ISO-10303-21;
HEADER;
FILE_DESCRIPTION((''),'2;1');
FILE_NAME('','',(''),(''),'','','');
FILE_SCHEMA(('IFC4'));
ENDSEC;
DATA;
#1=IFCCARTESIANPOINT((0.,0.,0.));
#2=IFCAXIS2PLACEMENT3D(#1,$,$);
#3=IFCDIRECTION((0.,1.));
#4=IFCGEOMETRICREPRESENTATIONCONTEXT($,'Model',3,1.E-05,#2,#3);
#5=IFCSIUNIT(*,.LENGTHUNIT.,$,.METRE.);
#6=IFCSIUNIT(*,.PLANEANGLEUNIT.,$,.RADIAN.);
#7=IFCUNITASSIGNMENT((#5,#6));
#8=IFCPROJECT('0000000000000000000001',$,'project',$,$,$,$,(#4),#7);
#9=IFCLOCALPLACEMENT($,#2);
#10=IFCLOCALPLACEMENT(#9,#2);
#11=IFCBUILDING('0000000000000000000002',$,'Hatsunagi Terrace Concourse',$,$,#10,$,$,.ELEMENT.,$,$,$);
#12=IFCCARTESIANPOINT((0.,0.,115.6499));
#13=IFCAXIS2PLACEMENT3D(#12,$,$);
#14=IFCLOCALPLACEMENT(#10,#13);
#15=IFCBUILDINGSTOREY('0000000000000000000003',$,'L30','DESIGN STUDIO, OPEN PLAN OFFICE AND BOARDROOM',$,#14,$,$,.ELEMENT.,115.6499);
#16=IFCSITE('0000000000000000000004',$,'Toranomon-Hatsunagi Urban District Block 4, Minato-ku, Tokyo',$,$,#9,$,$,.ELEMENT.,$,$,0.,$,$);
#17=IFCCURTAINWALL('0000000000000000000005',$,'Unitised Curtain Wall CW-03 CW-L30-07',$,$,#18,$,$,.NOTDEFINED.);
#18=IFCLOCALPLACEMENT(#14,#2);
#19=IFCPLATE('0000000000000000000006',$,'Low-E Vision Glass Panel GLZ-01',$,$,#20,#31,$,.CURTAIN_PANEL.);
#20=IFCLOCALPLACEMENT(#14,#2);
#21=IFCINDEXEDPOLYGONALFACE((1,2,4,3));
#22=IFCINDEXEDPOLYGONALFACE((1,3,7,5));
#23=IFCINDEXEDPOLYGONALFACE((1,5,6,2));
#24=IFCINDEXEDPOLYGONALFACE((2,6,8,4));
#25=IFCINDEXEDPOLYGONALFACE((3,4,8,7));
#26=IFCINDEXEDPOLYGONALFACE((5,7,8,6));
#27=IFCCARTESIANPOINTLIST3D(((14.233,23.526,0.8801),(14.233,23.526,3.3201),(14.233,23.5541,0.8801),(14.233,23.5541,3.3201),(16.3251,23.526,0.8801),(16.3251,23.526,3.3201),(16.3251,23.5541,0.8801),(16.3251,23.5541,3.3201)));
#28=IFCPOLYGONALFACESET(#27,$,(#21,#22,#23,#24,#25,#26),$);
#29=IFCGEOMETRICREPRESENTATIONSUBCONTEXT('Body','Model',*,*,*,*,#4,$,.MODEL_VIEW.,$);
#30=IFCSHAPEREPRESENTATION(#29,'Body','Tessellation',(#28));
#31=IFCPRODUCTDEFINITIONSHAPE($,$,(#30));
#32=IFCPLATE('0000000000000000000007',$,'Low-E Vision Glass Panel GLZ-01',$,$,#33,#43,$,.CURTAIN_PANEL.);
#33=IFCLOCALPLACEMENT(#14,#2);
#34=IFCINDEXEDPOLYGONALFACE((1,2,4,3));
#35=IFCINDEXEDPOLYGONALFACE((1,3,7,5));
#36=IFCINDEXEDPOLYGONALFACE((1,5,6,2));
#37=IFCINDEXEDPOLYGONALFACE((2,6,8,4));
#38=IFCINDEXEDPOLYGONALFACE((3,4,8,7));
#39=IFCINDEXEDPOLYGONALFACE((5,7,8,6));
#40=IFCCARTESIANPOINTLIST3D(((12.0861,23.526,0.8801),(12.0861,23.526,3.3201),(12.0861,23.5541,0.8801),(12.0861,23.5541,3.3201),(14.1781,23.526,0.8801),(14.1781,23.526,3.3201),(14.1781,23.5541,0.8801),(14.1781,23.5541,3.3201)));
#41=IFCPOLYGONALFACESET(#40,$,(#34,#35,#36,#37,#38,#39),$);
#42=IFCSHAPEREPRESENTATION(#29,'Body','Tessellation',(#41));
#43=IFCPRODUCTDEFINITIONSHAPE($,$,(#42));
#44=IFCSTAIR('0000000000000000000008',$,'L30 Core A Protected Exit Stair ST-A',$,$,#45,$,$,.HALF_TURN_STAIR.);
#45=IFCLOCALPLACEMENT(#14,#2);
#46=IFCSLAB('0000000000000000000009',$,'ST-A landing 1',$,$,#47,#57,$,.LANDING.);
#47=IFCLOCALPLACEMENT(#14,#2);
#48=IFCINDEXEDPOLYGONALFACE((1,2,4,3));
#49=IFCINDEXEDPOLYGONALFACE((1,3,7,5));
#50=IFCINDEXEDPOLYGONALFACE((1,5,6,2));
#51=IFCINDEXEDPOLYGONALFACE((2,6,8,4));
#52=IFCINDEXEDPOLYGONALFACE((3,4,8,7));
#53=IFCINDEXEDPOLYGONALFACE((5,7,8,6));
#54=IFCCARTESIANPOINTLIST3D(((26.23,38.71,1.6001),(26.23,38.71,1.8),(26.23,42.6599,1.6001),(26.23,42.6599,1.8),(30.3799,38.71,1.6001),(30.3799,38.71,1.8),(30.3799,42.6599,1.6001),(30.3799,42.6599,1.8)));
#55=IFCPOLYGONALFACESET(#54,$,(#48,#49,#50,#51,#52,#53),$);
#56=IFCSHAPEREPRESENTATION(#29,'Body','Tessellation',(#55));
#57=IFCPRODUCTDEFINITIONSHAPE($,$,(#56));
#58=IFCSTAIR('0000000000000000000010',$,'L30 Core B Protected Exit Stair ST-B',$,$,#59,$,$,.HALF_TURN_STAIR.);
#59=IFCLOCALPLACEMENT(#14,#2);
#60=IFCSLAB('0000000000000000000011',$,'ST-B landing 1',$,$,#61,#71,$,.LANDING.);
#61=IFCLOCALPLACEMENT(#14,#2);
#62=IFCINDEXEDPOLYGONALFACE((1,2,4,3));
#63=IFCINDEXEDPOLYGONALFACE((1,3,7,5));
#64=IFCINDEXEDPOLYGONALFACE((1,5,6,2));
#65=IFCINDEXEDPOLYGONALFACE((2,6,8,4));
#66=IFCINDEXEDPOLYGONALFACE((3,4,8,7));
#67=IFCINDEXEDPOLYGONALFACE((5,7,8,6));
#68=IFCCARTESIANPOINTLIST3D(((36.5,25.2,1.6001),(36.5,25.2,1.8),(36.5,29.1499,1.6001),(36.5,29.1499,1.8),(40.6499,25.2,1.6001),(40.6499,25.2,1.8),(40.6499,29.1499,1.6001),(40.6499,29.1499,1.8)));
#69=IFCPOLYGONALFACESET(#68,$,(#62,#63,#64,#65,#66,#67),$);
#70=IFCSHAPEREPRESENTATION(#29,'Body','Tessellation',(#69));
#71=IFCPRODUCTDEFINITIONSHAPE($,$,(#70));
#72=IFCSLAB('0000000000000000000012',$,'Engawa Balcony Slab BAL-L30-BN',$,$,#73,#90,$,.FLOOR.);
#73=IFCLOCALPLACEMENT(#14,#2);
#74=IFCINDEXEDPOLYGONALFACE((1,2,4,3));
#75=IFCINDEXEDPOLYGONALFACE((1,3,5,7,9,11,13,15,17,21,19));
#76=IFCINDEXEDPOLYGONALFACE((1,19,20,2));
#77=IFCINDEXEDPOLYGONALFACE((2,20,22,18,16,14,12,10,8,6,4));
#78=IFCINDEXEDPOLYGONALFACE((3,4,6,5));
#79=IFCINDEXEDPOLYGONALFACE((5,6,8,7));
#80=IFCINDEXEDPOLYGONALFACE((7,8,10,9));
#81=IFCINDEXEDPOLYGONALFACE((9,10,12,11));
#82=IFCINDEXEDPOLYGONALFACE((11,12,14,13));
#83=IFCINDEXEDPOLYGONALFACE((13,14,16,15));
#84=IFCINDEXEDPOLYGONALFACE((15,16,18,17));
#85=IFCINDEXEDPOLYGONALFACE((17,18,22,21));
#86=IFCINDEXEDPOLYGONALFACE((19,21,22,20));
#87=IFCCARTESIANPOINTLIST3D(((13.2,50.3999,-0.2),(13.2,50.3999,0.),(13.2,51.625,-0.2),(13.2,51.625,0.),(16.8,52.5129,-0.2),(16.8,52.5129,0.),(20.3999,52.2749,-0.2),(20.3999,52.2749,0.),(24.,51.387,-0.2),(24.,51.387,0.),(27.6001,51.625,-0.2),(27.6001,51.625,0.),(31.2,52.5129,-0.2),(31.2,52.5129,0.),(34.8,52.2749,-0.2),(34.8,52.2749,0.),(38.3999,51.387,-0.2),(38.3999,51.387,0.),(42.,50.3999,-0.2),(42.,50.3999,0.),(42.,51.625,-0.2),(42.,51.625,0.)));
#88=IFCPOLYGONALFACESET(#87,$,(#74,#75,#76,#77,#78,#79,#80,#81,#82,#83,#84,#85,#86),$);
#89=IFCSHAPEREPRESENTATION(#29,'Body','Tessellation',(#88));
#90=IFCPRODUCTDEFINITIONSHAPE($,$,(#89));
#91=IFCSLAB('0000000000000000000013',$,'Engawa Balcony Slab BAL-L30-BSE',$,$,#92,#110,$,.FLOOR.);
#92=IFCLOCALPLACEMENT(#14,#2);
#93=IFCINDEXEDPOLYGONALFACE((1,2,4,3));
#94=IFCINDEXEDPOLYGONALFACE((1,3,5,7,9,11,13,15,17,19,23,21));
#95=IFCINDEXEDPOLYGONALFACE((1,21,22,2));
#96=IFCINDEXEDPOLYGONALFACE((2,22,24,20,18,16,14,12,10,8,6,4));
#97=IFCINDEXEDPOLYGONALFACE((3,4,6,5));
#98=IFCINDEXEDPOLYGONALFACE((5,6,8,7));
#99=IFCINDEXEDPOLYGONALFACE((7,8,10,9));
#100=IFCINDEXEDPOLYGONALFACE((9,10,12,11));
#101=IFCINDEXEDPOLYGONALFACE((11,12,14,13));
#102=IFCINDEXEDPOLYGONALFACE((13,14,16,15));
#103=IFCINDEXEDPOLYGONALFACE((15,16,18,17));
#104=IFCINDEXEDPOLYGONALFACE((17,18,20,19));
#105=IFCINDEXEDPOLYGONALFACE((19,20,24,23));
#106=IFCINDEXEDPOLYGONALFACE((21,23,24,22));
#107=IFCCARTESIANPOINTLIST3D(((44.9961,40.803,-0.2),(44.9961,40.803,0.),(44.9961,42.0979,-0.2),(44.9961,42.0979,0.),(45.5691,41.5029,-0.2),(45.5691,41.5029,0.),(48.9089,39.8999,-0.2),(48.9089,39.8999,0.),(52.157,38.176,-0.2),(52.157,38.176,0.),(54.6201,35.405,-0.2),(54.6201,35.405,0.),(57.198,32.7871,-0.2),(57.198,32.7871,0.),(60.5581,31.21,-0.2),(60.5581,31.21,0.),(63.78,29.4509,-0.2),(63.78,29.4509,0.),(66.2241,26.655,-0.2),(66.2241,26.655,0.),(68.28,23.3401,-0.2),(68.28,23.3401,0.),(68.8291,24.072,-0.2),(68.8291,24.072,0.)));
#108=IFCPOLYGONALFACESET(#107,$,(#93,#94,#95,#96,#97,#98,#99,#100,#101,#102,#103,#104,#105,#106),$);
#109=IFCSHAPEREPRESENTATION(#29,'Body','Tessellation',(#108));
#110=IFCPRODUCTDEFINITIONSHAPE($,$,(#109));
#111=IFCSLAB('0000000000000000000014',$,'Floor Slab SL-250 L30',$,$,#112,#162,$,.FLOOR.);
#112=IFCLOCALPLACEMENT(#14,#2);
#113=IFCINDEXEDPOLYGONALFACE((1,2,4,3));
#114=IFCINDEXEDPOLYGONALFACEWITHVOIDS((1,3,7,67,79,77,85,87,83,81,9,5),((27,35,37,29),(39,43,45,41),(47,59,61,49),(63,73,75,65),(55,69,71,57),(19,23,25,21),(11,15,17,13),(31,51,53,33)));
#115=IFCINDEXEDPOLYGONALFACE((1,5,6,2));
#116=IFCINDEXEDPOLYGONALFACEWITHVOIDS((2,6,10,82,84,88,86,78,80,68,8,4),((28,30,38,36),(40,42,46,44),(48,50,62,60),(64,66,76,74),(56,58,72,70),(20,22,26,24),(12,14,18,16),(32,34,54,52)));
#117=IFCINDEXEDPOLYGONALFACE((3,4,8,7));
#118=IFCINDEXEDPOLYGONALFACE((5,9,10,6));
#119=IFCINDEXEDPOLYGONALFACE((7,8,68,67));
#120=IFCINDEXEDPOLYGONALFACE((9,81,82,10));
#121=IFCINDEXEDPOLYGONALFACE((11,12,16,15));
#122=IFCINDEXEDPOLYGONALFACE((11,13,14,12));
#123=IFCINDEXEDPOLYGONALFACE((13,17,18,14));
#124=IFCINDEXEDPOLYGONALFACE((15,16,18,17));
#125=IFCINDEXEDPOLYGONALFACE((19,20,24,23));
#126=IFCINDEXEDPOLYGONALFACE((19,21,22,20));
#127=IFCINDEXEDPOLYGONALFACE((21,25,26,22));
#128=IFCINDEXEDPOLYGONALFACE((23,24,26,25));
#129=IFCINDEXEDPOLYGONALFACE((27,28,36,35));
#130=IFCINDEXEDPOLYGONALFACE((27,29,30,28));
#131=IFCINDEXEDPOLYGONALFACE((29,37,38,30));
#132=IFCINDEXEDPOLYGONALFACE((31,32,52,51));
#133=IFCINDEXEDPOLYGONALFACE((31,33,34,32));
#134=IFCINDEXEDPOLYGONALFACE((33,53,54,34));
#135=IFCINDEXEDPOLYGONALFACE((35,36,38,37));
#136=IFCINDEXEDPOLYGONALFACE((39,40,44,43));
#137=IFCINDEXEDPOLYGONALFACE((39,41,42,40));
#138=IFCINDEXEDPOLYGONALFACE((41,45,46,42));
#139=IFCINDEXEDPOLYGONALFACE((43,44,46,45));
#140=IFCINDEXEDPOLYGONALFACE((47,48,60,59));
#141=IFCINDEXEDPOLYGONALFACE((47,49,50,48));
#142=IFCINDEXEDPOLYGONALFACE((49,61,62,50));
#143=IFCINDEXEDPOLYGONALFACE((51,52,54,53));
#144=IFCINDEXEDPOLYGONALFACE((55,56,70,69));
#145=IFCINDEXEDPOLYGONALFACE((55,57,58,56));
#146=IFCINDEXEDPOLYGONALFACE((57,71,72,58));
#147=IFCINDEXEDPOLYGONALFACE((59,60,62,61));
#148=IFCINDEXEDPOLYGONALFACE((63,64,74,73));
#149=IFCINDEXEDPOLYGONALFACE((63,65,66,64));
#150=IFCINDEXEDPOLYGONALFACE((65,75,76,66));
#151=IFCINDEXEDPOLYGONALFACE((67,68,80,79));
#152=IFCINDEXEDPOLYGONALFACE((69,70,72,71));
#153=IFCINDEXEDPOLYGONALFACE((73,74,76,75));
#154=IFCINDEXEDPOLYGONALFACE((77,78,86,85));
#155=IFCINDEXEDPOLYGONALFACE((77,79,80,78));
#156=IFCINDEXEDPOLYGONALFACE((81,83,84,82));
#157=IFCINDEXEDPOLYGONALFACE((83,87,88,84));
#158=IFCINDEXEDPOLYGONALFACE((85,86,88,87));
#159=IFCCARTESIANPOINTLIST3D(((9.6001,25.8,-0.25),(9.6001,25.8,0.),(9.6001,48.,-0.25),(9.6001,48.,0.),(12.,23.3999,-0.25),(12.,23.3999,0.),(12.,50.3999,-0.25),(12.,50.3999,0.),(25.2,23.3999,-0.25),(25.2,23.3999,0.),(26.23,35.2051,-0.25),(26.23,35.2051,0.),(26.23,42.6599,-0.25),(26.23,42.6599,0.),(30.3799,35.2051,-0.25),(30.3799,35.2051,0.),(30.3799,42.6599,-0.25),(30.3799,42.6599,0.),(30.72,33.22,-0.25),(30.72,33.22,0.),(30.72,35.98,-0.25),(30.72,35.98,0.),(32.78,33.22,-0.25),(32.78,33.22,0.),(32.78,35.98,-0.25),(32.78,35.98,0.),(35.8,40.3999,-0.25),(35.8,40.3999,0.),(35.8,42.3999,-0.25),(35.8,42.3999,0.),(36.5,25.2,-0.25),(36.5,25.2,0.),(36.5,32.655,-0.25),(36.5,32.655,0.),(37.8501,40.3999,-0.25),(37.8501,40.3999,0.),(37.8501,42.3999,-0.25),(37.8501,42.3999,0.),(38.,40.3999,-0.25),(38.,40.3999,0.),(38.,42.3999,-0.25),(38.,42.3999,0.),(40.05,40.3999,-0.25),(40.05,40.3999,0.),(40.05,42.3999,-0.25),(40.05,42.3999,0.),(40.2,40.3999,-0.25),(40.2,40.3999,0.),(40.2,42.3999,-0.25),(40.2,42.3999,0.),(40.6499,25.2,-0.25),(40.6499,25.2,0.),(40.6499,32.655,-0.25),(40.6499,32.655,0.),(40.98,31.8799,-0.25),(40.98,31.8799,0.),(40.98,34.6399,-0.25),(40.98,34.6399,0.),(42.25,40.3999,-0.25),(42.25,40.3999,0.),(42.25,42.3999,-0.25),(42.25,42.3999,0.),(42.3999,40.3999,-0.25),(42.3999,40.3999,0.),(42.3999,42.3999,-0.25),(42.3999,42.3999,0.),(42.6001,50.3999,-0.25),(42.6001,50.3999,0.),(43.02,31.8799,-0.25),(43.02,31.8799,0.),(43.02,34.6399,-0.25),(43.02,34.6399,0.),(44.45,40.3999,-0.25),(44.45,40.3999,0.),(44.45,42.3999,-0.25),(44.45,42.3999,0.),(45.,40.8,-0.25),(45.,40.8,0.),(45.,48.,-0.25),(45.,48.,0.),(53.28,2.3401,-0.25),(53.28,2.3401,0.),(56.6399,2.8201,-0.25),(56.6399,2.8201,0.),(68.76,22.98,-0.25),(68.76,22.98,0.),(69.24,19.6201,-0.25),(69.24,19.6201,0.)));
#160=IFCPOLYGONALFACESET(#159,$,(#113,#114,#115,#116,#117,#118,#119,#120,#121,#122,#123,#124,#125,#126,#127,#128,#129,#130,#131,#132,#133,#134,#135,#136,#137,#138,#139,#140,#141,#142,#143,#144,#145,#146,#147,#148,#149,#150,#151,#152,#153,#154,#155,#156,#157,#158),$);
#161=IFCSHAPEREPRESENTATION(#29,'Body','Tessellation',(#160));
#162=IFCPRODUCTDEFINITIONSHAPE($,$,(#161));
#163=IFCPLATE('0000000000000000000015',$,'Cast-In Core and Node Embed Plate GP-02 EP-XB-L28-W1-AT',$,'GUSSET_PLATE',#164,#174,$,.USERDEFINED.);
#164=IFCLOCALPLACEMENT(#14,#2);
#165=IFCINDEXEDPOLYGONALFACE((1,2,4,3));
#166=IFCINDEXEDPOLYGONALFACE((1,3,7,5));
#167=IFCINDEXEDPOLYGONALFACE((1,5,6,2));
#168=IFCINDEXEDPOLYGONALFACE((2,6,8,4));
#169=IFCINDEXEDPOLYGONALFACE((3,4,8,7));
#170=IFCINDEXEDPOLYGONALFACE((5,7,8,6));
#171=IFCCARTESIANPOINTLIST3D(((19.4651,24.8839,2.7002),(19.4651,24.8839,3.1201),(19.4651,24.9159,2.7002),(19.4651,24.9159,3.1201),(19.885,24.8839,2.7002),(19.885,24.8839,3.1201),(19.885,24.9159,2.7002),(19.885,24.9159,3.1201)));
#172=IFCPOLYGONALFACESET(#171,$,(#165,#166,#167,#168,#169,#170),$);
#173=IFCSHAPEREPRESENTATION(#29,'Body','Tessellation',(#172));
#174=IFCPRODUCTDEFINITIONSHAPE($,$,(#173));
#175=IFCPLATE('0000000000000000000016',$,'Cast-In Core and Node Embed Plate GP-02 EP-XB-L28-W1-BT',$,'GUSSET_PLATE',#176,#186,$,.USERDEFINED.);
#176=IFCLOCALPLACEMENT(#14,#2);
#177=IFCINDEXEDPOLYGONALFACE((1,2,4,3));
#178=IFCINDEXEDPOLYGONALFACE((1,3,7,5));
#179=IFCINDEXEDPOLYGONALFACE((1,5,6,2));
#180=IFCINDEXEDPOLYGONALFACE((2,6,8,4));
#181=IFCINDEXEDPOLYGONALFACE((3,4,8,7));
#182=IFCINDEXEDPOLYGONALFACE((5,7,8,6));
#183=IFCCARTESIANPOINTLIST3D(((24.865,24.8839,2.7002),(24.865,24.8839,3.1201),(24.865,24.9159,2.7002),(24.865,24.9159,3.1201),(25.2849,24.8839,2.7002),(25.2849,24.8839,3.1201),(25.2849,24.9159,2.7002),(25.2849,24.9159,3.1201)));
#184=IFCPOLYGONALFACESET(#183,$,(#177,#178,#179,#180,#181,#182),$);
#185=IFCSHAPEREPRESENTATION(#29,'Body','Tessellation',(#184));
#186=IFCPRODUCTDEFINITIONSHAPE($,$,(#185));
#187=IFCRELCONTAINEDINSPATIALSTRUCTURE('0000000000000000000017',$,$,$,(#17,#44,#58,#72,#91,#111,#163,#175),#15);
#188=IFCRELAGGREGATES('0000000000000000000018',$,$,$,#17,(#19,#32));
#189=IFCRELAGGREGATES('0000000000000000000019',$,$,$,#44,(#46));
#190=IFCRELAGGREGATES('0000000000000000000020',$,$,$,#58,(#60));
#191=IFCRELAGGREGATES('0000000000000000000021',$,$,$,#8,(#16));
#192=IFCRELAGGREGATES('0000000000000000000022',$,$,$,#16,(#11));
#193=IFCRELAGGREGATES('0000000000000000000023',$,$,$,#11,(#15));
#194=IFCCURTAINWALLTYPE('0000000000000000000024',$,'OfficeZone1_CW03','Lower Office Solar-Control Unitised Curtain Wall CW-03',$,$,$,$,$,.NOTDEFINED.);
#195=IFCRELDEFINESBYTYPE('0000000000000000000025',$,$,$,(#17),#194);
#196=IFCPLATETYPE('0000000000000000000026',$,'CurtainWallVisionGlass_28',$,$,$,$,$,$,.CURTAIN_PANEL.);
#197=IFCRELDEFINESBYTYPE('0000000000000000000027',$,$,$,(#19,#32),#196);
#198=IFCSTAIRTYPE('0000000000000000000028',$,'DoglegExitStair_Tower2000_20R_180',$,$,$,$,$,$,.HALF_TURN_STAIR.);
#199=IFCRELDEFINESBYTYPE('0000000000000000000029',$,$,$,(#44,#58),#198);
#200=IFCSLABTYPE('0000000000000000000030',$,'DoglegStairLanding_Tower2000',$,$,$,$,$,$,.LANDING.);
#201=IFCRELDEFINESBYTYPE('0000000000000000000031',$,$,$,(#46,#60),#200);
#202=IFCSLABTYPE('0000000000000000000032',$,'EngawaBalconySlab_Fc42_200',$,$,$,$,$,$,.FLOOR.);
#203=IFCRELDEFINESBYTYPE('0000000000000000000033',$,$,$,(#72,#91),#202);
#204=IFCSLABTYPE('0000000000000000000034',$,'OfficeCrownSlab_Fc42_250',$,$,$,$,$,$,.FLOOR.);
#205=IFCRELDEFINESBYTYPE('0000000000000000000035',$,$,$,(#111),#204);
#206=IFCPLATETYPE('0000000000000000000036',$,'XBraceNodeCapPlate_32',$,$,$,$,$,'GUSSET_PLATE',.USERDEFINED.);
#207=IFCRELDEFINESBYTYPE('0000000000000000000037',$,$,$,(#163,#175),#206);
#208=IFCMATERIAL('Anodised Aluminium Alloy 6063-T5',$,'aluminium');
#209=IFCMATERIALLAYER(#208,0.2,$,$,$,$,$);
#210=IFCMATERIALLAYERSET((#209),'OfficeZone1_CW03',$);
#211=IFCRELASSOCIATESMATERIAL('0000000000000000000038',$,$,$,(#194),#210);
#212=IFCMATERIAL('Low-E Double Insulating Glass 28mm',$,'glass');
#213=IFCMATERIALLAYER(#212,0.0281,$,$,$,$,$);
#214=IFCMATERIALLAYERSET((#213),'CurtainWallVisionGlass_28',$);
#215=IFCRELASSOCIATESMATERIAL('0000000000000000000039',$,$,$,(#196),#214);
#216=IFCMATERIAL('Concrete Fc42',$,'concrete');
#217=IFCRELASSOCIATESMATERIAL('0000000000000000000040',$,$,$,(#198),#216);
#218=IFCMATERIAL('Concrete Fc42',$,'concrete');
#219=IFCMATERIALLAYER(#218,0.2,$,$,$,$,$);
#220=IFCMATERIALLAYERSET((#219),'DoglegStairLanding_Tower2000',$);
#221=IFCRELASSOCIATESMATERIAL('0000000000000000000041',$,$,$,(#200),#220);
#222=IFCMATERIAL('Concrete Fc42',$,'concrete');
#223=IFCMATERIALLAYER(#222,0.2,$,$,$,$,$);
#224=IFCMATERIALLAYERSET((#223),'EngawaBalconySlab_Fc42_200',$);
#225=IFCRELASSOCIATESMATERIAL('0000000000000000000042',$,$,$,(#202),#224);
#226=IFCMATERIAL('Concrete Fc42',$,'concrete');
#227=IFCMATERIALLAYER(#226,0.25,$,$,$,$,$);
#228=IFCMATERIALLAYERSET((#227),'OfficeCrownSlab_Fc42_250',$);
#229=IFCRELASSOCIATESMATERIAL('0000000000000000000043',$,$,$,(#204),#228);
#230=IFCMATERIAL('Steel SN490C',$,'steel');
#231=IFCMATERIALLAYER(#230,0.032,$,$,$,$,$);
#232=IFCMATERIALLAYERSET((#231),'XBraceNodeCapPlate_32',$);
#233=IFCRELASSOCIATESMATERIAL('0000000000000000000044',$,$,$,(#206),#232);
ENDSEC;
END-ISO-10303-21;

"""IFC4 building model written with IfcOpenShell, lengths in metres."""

from ifc_helpers import new_model, si_unit, direction, frame, origin, origin_2d, place, context, subcontext, project, spatial, polyline, rectangle, outline, extrude, material, layer, layer_set, type_object, element, aggregate, save


model = new_model("IFC4")

# Units and contexts
model_context = context("Model", 3, precision=1e-05, world=origin(), true_north=direction((0.0, 1.0)))
body_context = subcontext(model_context, "Body", "Model", "MODEL_VIEW")
ifc_project = project(units=[si_unit("LENGTHUNIT", "METRE"), si_unit("PLANEANGLEUNIT", "RADIAN")], contexts=[model_context])

# Site, building, storey
site_placement = place(None, origin())
site = spatial("IfcSite", under=ifc_project, at=site_placement, Name="Toranomon-Hatsunagi Urban District Block 4, Minato-ku, Tokyo", CompositionType="ELEMENT", RefElevation=0.0)
building_placement = place(site_placement, origin())
building = spatial("IfcBuilding", under=site, at=building_placement, Name="Hatsunagi Terrace Concourse", CompositionType="ELEMENT")
storey_placement = place(building_placement, frame((0.0, 0.0, 115.6499)))
storey = spatial("IfcBuildingStorey", under=building, at=storey_placement, Name="L30", Description="DESIGN STUDIO, OPEN PLAN OFFICE AND BOARDROOM", CompositionType="ELEMENT", Elevation=115.6499)

# Curtain wall
ifc_material_1 = material(Name="Anodised Aluminium Alloy 6063-T5", Category="aluminium")
ifc_layer_1 = layer(ifc_material_1, 0.2)
ifc_layer_set_1 = layer_set([ifc_layer_1], Name="OfficeZone1_CW03")
curtain_wall_type = type_object("IfcCurtainWallType", Name="OfficeZone1_CW03", Description="Lower Office Solar-Control Unitised Curtain Wall CW-03", PredefinedType="NOTDEFINED", material=ifc_layer_set_1)
curtain_wall_placement = place(storey_placement, origin())
curtain_wall = element("IfcCurtainWall", 1, at=curtain_wall_placement, inside=storey, type_object=curtain_wall_type, Name="Unitised Curtain Wall CW-03 CW-L30-07", PredefinedType="NOTDEFINED")

# Plates
ifc_material_2 = material(Name="Low-E Double Insulating Glass 28mm", Category="glass")
ifc_layer_2 = layer(ifc_material_2, 0.0281)
ifc_layer_set_2 = layer_set([ifc_layer_2], Name="CurtainWallVisionGlass_28")
plate_type_1 = type_object("IfcPlateType", Name="CurtainWallVisionGlass_28", PredefinedType="CURTAIN_PANEL", material=ifc_layer_set_2)
plate_1_placement = place(storey_placement, frame((15.2791, 23.54, 0.8801), z_axis=(0.0, 0.0, 1.0), x_axis=(-1.0, 0.0, 0.0)))
plate_1 = element("IfcPlate", 2, at=plate_1_placement, type_object=plate_type_1, Name="Low-E Vision Glass Panel GLZ-01", PredefinedType="CURTAIN_PANEL", context=body_context, shape_type="SweptSolid", body=[
    extrude(rectangle(XDim=2.092, YDim=0.0281, at=origin_2d()), origin(), (0.0, 0.0, 1.0), 2.4399),
])
plate_2_placement = place(storey_placement, frame((13.1321, 23.54, 0.8801), z_axis=(0.0, 0.0, 1.0), x_axis=(-1.0, 0.0, 0.0)))
plate_2 = element("IfcPlate", 3, at=plate_2_placement, type_object=plate_type_1, Name="Low-E Vision Glass Panel GLZ-01", PredefinedType="CURTAIN_PANEL", context=body_context, shape_type="SweptSolid", body=[
    extrude(rectangle(XDim=2.092, YDim=0.0281, at=origin_2d()), origin(), (0.0, 0.0, 1.0), 2.4399),
])
aggregate(curtain_wall, [plate_1, plate_2])

# Stairs, slabs
ifc_material_3 = material(Name="Concrete Fc42", Category="concrete")
stair_type = type_object("IfcStairType", Name="DoglegExitStair_Tower2000_20R_180", PredefinedType="HALF_TURN_STAIR", material=ifc_material_3)
stair_1_placement = place(storey_placement, origin())
stair_1 = element("IfcStair", 4, at=stair_1_placement, inside=storey, type_object=stair_type, Name="L30 Core A Protected Exit Stair ST-A", PredefinedType="HALF_TURN_STAIR")
ifc_material_4 = material(Name="Concrete Fc42", Category="concrete")
ifc_layer_3 = layer(ifc_material_4, 0.2)
ifc_layer_set_3 = layer_set([ifc_layer_3], Name="DoglegStairLanding_Tower2000")
slab_type_1 = type_object("IfcSlabType", Name="DoglegStairLanding_Tower2000", PredefinedType="LANDING", material=ifc_layer_set_3)
slab_1_placement = place(storey_placement, frame((0.0, 0.0, 1.6001)))
slab_1 = element("IfcSlab", 5, at=slab_1_placement, type_object=slab_type_1, Name="ST-A landing 1", PredefinedType="LANDING", context=body_context, shape_type="SweptSolid", body=[
    extrude(outline(polyline([(30.3799, 38.71), (30.3799, 42.6599), (26.23, 42.6599), (26.23, 38.71), (30.3799, 38.71)])), origin(), (0.0, 0.0, 1.0), 0.2),
])
aggregate(stair_1, [slab_1])
stair_2_placement = place(storey_placement, origin())
stair_2 = element("IfcStair", 6, at=stair_2_placement, inside=storey, type_object=stair_type, Name="L30 Core B Protected Exit Stair ST-B", PredefinedType="HALF_TURN_STAIR")
slab_2_placement = place(storey_placement, frame((0.0, 0.0, 1.6001)))
slab_2 = element("IfcSlab", 7, at=slab_2_placement, type_object=slab_type_1, Name="ST-B landing 1", PredefinedType="LANDING", context=body_context, shape_type="SweptSolid", body=[
    extrude(outline(polyline([(36.5, 29.1499), (36.5, 25.2), (40.6499, 25.2), (40.6499, 29.1499), (36.5, 29.1499)])), origin(), (0.0, 0.0, 1.0), 0.2),
])
aggregate(stair_2, [slab_2])

# Slabs
ifc_material_5 = material(Name="Concrete Fc42", Category="concrete")
ifc_layer_4 = layer(ifc_material_5, 0.2)
ifc_layer_set_4 = layer_set([ifc_layer_4], Name="EngawaBalconySlab_Fc42_200")
slab_type_2 = type_object("IfcSlabType", Name="EngawaBalconySlab_Fc42_200", PredefinedType="FLOOR", material=ifc_layer_set_4)
slab_3_placement = place(storey_placement, frame((0.0, 0.0, -0.2)))
element("IfcSlab", 8, at=slab_3_placement, inside=storey, type_object=slab_type_2, Name="Engawa Balcony Slab BAL-L30-BN", PredefinedType="FLOOR", context=body_context, shape_type="SweptSolid", body=[
    extrude(outline(polyline([(13.2, 51.625), (13.2, 50.3999), (42.0, 50.3999), (42.0, 51.625), (38.3999, 51.387), (34.8, 52.2749), (31.2, 52.5129), (27.6001, 51.625), (24.0, 51.387), (20.3999, 52.2749), (16.8, 52.5129), (13.2, 51.625)])), origin(), (0.0, 0.0, 1.0), 0.2),
])
slab_4_placement = place(storey_placement, frame((0.0, 0.0, -0.2)))
element("IfcSlab", 9, at=slab_4_placement, inside=storey, type_object=slab_type_2, Name="Engawa Balcony Slab BAL-L30-BSE", PredefinedType="FLOOR", context=body_context, shape_type="SweptSolid", body=[
    extrude(outline(polyline([(45.5691, 41.5029), (44.9961, 42.0979), (44.9961, 40.803), (68.28, 23.3401), (68.8291, 24.072), (66.2241, 26.655), (63.78, 29.4509), (60.5581, 31.21), (57.198, 32.7871), (54.6201, 35.405), (52.157, 38.176), (48.9089, 39.8999), (45.5691, 41.5029)])), origin(), (0.0, 0.0, 1.0), 0.2),
])
ifc_material_6 = material(Name="Concrete Fc42", Category="concrete")
ifc_layer_5 = layer(ifc_material_6, 0.25)
ifc_layer_set_5 = layer_set([ifc_layer_5], Name="OfficeCrownSlab_Fc42_250")
slab_type_3 = type_object("IfcSlabType", Name="OfficeCrownSlab_Fc42_250", PredefinedType="FLOOR", material=ifc_layer_set_5)
slab_5_placement = place(storey_placement, frame((0.0, 0.0, -0.25)))
element("IfcSlab", 10, at=slab_5_placement, inside=storey, type_object=slab_type_3, Name="Floor Slab SL-250 L30", PredefinedType="FLOOR", context=body_context, shape_type="SweptSolid", body=[
    extrude(outline(polyline([(45.0, 40.8), (45.0, 48.0), (42.6001, 50.3999), (12.0, 50.3999), (9.6001, 48.0), (9.6001, 25.8), (12.0, 23.3999), (25.2, 23.3999), (53.28, 2.3401), (56.6399, 2.8201), (69.24, 19.6201), (68.76, 22.98), (45.0, 40.8)]), holes=[polyline([(26.23, 35.2051), (30.3799, 35.2051), (30.3799, 42.6599), (26.23, 42.6599), (26.23, 35.2051)]), polyline([(36.5, 25.2), (40.6499, 25.2), (40.6499, 32.655), (36.5, 32.655), (36.5, 25.2)]), polyline([(30.72, 33.22), (32.78, 33.22), (32.78, 35.98), (30.72, 35.98), (30.72, 33.22)]), polyline([(40.98, 31.8799), (43.02, 31.8799), (43.02, 34.6399), (40.98, 34.6399), (40.98, 31.8799)]), polyline([(35.8, 40.3999), (37.8501, 40.3999), (37.8501, 42.3999), (35.8, 42.3999), (35.8, 40.3999)]), polyline([(38.0, 40.3999), (40.05, 40.3999), (40.05, 42.3999), (38.0, 42.3999), (38.0, 40.3999)]), polyline([(40.2, 40.3999), (42.25, 40.3999), (42.25, 42.3999), (40.2, 42.3999), (40.2, 40.3999)]), polyline([(42.3999, 40.3999), (44.45, 40.3999), (44.45, 42.3999), (42.3999, 42.3999), (42.3999, 40.3999)])]), origin(), (0.0, 0.0, 1.0), 0.25),
])

# Plates
ifc_material_7 = material(Name="Steel SN490C", Category="steel")
ifc_layer_6 = layer(ifc_material_7, 0.032)
ifc_layer_set_6 = layer_set([ifc_layer_6], Name="XBraceNodeCapPlate_32")
plate_type_2 = type_object("IfcPlateType", Name="XBraceNodeCapPlate_32", ElementType="GUSSET_PLATE", PredefinedType="USERDEFINED", material=ifc_layer_set_6)
for number, where, z_axis, x_axis, name in (
    (11, (19.675, 24.8999, 2.7002), (0.0, 0.0, 1.0), (1.0, 0.0, 0.0), "Cast-In Core and Node Embed Plate GP-02 EP-XB-L28-W1-AT"),
    (12, (25.075, 24.8999, 2.7002), (0.0, 0.0, 1.0), (1.0, 0.0, 0.0), "Cast-In Core and Node Embed Plate GP-02 EP-XB-L28-W1-BT"),
):
    element("IfcPlate", number, at=place(storey_placement, frame(where, z_axis=z_axis, x_axis=x_axis)), inside=storey, type_object=plate_type_2, Name=name, ObjectType="GUSSET_PLATE", PredefinedType="USERDEFINED", context=body_context, shape_type="SweptSolid", body=[
        extrude(rectangle(XDim=0.4199, YDim=0.032, at=origin_2d()), origin(), (0.0, 0.0, 1.0), 0.4199),
    ])

save(model, "model.ifc")
